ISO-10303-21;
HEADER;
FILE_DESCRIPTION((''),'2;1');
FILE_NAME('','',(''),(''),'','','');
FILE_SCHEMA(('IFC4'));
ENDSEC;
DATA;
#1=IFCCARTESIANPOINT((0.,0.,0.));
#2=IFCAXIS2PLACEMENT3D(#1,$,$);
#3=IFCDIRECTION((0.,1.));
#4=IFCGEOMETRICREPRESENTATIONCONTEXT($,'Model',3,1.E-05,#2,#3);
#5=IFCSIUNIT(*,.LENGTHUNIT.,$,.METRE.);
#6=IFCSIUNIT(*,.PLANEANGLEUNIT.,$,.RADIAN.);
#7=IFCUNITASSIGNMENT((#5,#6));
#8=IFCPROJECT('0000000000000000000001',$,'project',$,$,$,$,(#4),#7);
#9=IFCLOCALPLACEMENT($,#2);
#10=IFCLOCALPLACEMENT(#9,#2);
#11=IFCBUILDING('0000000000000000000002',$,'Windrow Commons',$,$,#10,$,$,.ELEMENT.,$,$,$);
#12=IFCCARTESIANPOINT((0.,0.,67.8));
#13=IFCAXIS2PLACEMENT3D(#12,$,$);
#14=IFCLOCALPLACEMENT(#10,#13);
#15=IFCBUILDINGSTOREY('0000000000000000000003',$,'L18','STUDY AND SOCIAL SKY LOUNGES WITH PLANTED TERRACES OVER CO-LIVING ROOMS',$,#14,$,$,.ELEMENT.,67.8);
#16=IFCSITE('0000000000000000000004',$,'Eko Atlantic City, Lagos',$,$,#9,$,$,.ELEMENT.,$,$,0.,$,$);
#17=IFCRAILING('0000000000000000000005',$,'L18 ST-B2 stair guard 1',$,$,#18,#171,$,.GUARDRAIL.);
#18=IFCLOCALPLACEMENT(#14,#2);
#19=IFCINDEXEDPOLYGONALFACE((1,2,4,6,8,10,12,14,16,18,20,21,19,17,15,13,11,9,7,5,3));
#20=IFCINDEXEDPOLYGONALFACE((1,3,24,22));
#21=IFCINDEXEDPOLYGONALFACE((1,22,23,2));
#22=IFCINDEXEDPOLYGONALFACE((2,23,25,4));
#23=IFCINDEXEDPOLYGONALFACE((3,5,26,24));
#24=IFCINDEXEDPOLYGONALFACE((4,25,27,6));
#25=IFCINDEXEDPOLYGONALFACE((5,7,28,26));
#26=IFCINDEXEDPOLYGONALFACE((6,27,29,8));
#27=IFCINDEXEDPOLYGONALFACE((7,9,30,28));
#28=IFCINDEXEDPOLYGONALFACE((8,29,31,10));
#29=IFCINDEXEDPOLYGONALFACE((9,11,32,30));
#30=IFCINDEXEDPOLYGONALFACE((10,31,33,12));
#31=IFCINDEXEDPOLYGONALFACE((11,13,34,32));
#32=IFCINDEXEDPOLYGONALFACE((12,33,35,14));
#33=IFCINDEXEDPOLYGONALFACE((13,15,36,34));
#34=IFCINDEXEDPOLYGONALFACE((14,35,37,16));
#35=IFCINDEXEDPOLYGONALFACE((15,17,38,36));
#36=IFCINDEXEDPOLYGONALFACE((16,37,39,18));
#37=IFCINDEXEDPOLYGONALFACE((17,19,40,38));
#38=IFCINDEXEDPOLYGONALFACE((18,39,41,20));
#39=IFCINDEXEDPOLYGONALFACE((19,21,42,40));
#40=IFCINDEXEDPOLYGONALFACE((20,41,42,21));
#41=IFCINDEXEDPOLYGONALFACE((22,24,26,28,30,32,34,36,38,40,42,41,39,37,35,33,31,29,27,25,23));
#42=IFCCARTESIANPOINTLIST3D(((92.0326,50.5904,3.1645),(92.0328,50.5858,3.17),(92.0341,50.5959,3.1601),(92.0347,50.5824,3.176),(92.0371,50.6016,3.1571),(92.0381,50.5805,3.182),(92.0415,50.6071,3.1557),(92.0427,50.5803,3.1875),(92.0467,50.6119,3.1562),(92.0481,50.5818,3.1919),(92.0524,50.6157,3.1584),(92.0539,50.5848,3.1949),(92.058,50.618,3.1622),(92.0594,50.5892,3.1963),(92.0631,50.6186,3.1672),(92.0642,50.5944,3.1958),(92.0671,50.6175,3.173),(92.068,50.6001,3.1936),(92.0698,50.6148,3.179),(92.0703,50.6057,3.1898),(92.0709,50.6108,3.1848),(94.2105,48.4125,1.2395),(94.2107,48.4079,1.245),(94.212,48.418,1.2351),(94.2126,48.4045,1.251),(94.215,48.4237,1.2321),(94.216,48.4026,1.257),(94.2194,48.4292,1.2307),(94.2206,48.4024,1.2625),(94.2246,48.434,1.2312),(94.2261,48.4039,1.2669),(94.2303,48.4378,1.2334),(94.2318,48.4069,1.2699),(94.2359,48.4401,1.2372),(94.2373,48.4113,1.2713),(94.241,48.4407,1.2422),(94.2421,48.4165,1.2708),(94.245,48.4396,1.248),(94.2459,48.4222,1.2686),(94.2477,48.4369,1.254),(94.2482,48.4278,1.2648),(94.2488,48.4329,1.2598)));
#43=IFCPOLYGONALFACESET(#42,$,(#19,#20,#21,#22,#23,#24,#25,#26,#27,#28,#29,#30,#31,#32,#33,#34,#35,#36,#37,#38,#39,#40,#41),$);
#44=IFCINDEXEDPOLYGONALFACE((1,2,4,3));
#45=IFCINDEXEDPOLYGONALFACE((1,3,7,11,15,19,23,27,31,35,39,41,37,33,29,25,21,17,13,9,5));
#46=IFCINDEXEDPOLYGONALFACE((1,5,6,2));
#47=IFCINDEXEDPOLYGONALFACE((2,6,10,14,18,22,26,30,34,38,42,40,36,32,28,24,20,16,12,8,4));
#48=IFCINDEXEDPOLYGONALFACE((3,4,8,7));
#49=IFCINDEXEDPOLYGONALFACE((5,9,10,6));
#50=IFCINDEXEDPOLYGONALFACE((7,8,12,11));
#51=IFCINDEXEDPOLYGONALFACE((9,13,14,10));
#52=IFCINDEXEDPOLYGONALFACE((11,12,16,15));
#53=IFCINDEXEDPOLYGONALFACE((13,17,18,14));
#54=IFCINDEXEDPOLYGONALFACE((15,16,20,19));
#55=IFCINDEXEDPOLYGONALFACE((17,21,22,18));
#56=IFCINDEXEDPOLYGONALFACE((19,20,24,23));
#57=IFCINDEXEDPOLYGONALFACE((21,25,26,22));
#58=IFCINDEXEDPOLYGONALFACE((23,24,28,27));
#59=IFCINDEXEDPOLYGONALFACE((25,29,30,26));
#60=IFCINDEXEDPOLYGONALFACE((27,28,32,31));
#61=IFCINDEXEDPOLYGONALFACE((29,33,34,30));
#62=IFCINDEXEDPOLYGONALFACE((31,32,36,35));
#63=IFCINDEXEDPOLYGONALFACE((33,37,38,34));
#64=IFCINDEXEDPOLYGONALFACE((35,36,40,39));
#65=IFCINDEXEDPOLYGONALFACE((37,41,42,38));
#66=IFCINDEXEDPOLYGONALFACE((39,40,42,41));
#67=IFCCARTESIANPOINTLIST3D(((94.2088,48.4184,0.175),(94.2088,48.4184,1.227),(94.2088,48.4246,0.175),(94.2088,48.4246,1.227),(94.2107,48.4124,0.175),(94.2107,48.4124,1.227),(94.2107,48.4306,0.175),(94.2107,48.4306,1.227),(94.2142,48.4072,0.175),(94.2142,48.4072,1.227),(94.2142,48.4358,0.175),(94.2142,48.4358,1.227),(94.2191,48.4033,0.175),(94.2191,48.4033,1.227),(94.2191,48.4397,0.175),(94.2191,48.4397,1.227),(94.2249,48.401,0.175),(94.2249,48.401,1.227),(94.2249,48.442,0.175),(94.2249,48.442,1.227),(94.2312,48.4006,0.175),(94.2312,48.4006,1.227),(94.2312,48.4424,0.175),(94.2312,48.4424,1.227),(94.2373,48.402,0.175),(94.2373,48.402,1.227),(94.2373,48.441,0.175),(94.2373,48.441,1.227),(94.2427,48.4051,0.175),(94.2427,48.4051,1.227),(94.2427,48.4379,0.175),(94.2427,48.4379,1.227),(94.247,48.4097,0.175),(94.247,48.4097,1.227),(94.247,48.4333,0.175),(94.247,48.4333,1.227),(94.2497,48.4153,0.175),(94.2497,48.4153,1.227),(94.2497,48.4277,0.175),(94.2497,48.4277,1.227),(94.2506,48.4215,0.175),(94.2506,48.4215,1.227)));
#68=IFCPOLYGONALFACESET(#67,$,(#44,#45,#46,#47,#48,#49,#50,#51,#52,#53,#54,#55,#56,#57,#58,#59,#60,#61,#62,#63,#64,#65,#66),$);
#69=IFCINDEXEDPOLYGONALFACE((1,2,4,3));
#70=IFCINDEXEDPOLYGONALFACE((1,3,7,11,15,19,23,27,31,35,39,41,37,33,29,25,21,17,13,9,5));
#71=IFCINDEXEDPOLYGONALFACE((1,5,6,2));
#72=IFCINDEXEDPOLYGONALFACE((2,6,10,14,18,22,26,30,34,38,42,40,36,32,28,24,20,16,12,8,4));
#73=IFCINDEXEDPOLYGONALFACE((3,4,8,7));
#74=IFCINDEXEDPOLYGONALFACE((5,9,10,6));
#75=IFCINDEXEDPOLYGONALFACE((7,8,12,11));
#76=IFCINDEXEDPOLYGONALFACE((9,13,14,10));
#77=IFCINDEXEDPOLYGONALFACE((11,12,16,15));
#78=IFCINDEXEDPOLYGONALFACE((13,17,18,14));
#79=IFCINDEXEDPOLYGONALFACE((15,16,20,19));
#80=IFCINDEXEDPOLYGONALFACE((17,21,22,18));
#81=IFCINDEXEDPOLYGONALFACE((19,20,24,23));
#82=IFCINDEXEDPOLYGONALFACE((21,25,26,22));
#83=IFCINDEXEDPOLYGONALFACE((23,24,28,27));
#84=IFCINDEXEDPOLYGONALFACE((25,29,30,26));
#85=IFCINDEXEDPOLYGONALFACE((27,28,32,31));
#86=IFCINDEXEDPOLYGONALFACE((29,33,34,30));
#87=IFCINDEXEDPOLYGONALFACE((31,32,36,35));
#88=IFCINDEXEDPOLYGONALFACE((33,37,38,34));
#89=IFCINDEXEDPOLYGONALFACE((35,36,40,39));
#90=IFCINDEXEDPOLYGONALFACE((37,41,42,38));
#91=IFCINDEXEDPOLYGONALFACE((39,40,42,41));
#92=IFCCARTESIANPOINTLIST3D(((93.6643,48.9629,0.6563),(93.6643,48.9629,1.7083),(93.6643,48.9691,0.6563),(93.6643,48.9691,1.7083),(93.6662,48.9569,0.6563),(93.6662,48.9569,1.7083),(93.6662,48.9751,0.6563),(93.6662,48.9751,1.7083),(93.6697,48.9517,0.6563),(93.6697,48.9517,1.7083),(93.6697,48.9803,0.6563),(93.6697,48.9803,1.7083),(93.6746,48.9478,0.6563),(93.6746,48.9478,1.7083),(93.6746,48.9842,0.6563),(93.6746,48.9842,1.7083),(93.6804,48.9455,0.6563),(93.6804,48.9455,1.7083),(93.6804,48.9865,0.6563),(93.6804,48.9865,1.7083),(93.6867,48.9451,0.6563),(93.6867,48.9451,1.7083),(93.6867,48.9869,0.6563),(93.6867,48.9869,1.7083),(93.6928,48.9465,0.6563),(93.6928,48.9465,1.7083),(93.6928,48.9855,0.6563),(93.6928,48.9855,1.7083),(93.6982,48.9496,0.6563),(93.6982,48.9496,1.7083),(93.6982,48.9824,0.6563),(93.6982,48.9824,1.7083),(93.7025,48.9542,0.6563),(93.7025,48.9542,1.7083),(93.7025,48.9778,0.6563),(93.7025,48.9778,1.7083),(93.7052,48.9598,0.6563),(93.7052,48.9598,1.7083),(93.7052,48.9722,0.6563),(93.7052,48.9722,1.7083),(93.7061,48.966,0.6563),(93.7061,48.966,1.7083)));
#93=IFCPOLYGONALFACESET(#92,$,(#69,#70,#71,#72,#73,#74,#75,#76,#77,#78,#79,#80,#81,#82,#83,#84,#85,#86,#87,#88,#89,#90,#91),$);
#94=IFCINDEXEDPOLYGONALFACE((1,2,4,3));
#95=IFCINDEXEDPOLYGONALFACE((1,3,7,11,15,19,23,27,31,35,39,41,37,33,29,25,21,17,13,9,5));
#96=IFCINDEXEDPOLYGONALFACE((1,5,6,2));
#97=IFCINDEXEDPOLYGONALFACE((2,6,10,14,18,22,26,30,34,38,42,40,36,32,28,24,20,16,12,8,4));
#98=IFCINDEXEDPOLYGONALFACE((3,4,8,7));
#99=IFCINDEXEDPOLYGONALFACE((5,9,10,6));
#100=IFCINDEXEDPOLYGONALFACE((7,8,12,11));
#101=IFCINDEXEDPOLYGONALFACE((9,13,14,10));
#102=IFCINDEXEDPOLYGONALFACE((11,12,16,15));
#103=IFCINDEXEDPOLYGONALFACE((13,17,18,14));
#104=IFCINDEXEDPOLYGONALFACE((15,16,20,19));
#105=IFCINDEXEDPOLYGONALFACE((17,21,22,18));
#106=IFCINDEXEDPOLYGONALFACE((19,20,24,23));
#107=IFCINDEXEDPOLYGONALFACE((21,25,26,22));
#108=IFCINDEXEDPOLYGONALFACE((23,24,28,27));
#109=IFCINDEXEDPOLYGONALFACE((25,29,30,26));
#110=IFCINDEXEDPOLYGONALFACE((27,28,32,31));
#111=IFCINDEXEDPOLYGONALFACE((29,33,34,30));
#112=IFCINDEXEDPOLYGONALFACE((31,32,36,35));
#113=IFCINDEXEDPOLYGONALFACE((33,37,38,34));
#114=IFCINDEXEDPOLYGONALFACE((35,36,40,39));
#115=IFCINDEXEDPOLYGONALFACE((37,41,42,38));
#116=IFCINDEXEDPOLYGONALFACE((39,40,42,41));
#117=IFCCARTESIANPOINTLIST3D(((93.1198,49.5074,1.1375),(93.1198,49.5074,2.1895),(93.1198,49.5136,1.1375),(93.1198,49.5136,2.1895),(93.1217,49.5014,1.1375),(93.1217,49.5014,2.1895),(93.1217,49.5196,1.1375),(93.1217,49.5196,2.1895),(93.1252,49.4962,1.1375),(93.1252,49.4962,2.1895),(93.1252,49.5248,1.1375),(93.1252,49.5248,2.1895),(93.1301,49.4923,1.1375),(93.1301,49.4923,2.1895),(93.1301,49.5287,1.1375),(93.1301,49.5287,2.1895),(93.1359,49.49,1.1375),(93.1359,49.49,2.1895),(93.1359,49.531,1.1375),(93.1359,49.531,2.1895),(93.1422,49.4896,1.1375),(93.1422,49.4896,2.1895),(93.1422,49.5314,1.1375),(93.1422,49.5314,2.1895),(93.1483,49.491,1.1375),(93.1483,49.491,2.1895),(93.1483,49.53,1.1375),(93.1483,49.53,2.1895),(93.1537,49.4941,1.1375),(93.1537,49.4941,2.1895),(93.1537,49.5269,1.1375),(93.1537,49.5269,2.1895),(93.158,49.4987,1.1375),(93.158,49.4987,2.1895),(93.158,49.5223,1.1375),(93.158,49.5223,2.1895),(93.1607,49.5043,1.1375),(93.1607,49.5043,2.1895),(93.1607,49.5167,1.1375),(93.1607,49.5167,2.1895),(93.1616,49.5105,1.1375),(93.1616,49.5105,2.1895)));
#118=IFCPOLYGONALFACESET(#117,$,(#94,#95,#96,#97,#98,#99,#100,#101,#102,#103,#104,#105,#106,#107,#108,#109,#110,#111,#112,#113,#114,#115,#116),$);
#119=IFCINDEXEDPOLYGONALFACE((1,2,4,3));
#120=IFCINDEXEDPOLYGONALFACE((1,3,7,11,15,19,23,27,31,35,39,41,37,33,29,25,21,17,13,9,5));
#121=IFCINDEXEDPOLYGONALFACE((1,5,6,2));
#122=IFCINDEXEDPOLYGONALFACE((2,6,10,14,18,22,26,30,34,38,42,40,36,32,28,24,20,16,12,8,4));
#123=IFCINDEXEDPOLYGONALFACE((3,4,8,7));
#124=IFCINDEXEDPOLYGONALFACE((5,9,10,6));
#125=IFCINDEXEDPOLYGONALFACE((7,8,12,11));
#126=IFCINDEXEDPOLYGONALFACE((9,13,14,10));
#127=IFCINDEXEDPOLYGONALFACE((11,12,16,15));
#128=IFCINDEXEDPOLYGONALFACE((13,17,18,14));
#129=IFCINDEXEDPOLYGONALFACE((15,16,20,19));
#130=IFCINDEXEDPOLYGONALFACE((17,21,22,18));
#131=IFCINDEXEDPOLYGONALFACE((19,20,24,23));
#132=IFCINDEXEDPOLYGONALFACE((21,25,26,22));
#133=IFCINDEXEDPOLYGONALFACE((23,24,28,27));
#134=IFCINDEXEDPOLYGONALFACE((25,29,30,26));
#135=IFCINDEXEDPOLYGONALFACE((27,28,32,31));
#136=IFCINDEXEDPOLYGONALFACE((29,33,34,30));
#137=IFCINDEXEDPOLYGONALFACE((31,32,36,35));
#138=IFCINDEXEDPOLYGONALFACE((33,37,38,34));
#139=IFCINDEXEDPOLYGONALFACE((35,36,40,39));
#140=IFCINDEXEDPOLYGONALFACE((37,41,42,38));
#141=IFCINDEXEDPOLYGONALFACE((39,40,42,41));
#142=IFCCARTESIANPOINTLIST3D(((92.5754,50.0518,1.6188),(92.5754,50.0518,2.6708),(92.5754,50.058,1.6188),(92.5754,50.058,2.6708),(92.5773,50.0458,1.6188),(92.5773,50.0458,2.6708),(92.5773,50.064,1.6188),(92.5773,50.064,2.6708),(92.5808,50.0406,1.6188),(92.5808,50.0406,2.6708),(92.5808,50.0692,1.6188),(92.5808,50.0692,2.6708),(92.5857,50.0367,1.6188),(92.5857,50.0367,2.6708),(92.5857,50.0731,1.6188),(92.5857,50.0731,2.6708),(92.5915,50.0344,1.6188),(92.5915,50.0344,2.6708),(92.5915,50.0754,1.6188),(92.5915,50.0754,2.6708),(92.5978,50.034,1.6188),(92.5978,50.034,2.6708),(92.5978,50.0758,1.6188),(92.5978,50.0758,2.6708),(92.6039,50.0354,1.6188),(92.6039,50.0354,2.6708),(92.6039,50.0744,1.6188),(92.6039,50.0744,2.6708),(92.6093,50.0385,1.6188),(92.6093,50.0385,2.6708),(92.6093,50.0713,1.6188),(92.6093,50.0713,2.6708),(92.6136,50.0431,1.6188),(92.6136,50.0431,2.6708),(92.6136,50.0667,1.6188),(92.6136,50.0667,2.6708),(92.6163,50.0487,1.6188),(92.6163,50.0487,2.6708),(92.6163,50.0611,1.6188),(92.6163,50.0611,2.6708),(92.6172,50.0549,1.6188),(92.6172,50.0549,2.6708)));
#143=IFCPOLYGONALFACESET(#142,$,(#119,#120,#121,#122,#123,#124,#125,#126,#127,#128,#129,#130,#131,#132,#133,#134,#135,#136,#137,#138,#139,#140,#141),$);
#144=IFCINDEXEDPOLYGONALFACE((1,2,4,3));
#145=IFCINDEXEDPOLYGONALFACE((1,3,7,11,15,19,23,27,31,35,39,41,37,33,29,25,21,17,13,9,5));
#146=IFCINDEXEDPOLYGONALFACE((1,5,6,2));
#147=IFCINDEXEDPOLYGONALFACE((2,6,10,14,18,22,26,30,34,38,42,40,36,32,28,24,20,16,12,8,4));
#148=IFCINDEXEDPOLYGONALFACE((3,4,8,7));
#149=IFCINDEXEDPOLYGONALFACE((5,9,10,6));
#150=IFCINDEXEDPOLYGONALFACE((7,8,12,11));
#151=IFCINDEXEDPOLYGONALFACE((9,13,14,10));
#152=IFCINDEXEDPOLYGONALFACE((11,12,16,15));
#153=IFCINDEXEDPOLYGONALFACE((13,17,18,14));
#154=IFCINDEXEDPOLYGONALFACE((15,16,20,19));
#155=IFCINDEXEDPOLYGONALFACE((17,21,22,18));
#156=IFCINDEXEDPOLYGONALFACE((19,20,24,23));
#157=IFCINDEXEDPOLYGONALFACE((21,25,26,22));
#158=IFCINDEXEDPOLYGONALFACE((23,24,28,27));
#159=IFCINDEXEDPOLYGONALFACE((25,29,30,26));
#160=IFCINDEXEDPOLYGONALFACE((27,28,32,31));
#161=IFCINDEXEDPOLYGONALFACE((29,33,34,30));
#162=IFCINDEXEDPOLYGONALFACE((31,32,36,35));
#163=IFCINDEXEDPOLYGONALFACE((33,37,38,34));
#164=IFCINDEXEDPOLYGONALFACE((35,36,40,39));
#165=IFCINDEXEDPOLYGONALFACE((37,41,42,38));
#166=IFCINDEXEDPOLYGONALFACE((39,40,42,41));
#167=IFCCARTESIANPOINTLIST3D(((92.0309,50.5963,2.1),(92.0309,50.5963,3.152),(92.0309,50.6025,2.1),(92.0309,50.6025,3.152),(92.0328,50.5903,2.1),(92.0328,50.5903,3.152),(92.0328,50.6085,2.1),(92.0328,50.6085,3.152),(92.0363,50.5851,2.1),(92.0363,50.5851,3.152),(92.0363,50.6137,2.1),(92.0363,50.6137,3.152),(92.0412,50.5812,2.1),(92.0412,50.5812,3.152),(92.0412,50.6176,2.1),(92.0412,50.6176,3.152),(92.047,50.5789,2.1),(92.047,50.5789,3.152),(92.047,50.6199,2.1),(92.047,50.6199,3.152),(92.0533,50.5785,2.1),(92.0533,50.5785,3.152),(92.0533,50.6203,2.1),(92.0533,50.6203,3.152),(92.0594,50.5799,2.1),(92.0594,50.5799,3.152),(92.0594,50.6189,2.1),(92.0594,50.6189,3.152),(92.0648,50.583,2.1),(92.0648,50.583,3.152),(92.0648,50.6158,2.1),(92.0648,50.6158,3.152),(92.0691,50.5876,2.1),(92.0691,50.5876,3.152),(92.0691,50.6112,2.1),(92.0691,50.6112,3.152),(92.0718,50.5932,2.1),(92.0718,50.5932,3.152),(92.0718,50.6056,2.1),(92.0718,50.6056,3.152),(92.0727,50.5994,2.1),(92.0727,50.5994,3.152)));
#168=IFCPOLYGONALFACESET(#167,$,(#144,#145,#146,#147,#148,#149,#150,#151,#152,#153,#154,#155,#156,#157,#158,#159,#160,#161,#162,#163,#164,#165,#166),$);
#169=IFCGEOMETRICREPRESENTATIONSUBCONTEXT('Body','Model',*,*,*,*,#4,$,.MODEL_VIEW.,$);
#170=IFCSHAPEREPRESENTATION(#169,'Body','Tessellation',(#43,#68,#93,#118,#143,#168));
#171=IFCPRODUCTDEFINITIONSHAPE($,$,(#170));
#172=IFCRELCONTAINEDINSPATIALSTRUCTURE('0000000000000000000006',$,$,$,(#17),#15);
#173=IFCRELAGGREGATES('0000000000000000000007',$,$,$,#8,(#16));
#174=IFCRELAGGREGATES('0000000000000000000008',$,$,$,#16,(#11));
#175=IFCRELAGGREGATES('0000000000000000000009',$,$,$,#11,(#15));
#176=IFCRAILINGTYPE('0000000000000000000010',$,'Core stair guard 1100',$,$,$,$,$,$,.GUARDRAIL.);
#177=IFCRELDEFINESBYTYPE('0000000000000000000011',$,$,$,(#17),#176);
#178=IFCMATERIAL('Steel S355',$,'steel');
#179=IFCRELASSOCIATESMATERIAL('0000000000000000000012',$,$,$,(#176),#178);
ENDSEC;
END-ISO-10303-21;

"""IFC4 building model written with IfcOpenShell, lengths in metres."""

from ifc_helpers import new_model, si_unit, direction, frame, origin, origin_2d, place, context, subcontext, project, spatial, circle, extrude, material, type_object, element, save


model = new_model("IFC4")

# Units and contexts
model_context = context("Model", 3, precision=1e-05, world=origin(), true_north=direction((0.0, 1.0)))
body_context = subcontext(model_context, "Body", "Model", "MODEL_VIEW")
ifc_project = project(units=[si_unit("LENGTHUNIT", "METRE"), si_unit("PLANEANGLEUNIT", "RADIAN")], contexts=[model_context])

# Site, building, storey
site_placement = place(None, origin())
site = spatial("IfcSite", under=ifc_project, at=site_placement, Name="Eko Atlantic City, Lagos", CompositionType="ELEMENT", RefElevation=0.0)
building_placement = place(site_placement, origin())
building = spatial("IfcBuilding", under=site, at=building_placement, Name="Windrow Commons", CompositionType="ELEMENT")
storey_placement = place(building_placement, frame((0.0, 0.0, 67.8)))
storey = spatial("IfcBuildingStorey", under=building, at=storey_placement, Name="L18", Description="STUDY AND SOCIAL SKY LOUNGES WITH PLANTED TERRACES OVER CO-LIVING ROOMS", CompositionType="ELEMENT", Elevation=67.8)

# Railing
ifc_material_1 = material(Name="Steel S355", Category="steel")
railing_type_1 = type_object("IfcRailingType", Name="Core stair guard 1100", PredefinedType="GUARDRAIL", material=ifc_material_1)
railing_1_placement = place(storey_placement, frame((94.2296, 48.4215, 0.175)))
element("IfcRailing", 1, at=railing_1_placement, inside=storey, type_object=railing_type_1, Name="L18 ST-B2 stair guard 1", PredefinedType="GUARDRAIL", context=body_context, shape_type="SweptSolid", body=[
    extrude(circle(Radius=0.024, at=origin_2d()), frame((0.0, 0.0, 1.076), z_axis=(-0.599626, 0.599626, 0.529997), x_axis=(-0.707107, -0.707107, 0.0)), (0.0, 0.0, 1.0), 3.6321),
    extrude(circle(Radius=0.021, at=origin_2d()), origin(), (0.0, 0.0, 1.0), 1.052),
    extrude(circle(Radius=0.021, at=origin_2d()), frame((-0.5445, 0.5445, 0.4813)), (0.0, 0.0, 1.0), 1.052),
    extrude(circle(Radius=0.021, at=origin_2d()), frame((-1.089, 1.089, 0.9625)), (0.0, 0.0, 1.0), 1.052),
    extrude(circle(Radius=0.021, at=origin_2d()), frame((-1.6334, 1.6334, 1.4438)), (0.0, 0.0, 1.0), 1.052),
    extrude(circle(Radius=0.021, at=origin_2d()), frame((-2.1779, 2.1779, 1.925)), (0.0, 0.0, 1.0), 1.052),
])

save(model, "model.ifc")
